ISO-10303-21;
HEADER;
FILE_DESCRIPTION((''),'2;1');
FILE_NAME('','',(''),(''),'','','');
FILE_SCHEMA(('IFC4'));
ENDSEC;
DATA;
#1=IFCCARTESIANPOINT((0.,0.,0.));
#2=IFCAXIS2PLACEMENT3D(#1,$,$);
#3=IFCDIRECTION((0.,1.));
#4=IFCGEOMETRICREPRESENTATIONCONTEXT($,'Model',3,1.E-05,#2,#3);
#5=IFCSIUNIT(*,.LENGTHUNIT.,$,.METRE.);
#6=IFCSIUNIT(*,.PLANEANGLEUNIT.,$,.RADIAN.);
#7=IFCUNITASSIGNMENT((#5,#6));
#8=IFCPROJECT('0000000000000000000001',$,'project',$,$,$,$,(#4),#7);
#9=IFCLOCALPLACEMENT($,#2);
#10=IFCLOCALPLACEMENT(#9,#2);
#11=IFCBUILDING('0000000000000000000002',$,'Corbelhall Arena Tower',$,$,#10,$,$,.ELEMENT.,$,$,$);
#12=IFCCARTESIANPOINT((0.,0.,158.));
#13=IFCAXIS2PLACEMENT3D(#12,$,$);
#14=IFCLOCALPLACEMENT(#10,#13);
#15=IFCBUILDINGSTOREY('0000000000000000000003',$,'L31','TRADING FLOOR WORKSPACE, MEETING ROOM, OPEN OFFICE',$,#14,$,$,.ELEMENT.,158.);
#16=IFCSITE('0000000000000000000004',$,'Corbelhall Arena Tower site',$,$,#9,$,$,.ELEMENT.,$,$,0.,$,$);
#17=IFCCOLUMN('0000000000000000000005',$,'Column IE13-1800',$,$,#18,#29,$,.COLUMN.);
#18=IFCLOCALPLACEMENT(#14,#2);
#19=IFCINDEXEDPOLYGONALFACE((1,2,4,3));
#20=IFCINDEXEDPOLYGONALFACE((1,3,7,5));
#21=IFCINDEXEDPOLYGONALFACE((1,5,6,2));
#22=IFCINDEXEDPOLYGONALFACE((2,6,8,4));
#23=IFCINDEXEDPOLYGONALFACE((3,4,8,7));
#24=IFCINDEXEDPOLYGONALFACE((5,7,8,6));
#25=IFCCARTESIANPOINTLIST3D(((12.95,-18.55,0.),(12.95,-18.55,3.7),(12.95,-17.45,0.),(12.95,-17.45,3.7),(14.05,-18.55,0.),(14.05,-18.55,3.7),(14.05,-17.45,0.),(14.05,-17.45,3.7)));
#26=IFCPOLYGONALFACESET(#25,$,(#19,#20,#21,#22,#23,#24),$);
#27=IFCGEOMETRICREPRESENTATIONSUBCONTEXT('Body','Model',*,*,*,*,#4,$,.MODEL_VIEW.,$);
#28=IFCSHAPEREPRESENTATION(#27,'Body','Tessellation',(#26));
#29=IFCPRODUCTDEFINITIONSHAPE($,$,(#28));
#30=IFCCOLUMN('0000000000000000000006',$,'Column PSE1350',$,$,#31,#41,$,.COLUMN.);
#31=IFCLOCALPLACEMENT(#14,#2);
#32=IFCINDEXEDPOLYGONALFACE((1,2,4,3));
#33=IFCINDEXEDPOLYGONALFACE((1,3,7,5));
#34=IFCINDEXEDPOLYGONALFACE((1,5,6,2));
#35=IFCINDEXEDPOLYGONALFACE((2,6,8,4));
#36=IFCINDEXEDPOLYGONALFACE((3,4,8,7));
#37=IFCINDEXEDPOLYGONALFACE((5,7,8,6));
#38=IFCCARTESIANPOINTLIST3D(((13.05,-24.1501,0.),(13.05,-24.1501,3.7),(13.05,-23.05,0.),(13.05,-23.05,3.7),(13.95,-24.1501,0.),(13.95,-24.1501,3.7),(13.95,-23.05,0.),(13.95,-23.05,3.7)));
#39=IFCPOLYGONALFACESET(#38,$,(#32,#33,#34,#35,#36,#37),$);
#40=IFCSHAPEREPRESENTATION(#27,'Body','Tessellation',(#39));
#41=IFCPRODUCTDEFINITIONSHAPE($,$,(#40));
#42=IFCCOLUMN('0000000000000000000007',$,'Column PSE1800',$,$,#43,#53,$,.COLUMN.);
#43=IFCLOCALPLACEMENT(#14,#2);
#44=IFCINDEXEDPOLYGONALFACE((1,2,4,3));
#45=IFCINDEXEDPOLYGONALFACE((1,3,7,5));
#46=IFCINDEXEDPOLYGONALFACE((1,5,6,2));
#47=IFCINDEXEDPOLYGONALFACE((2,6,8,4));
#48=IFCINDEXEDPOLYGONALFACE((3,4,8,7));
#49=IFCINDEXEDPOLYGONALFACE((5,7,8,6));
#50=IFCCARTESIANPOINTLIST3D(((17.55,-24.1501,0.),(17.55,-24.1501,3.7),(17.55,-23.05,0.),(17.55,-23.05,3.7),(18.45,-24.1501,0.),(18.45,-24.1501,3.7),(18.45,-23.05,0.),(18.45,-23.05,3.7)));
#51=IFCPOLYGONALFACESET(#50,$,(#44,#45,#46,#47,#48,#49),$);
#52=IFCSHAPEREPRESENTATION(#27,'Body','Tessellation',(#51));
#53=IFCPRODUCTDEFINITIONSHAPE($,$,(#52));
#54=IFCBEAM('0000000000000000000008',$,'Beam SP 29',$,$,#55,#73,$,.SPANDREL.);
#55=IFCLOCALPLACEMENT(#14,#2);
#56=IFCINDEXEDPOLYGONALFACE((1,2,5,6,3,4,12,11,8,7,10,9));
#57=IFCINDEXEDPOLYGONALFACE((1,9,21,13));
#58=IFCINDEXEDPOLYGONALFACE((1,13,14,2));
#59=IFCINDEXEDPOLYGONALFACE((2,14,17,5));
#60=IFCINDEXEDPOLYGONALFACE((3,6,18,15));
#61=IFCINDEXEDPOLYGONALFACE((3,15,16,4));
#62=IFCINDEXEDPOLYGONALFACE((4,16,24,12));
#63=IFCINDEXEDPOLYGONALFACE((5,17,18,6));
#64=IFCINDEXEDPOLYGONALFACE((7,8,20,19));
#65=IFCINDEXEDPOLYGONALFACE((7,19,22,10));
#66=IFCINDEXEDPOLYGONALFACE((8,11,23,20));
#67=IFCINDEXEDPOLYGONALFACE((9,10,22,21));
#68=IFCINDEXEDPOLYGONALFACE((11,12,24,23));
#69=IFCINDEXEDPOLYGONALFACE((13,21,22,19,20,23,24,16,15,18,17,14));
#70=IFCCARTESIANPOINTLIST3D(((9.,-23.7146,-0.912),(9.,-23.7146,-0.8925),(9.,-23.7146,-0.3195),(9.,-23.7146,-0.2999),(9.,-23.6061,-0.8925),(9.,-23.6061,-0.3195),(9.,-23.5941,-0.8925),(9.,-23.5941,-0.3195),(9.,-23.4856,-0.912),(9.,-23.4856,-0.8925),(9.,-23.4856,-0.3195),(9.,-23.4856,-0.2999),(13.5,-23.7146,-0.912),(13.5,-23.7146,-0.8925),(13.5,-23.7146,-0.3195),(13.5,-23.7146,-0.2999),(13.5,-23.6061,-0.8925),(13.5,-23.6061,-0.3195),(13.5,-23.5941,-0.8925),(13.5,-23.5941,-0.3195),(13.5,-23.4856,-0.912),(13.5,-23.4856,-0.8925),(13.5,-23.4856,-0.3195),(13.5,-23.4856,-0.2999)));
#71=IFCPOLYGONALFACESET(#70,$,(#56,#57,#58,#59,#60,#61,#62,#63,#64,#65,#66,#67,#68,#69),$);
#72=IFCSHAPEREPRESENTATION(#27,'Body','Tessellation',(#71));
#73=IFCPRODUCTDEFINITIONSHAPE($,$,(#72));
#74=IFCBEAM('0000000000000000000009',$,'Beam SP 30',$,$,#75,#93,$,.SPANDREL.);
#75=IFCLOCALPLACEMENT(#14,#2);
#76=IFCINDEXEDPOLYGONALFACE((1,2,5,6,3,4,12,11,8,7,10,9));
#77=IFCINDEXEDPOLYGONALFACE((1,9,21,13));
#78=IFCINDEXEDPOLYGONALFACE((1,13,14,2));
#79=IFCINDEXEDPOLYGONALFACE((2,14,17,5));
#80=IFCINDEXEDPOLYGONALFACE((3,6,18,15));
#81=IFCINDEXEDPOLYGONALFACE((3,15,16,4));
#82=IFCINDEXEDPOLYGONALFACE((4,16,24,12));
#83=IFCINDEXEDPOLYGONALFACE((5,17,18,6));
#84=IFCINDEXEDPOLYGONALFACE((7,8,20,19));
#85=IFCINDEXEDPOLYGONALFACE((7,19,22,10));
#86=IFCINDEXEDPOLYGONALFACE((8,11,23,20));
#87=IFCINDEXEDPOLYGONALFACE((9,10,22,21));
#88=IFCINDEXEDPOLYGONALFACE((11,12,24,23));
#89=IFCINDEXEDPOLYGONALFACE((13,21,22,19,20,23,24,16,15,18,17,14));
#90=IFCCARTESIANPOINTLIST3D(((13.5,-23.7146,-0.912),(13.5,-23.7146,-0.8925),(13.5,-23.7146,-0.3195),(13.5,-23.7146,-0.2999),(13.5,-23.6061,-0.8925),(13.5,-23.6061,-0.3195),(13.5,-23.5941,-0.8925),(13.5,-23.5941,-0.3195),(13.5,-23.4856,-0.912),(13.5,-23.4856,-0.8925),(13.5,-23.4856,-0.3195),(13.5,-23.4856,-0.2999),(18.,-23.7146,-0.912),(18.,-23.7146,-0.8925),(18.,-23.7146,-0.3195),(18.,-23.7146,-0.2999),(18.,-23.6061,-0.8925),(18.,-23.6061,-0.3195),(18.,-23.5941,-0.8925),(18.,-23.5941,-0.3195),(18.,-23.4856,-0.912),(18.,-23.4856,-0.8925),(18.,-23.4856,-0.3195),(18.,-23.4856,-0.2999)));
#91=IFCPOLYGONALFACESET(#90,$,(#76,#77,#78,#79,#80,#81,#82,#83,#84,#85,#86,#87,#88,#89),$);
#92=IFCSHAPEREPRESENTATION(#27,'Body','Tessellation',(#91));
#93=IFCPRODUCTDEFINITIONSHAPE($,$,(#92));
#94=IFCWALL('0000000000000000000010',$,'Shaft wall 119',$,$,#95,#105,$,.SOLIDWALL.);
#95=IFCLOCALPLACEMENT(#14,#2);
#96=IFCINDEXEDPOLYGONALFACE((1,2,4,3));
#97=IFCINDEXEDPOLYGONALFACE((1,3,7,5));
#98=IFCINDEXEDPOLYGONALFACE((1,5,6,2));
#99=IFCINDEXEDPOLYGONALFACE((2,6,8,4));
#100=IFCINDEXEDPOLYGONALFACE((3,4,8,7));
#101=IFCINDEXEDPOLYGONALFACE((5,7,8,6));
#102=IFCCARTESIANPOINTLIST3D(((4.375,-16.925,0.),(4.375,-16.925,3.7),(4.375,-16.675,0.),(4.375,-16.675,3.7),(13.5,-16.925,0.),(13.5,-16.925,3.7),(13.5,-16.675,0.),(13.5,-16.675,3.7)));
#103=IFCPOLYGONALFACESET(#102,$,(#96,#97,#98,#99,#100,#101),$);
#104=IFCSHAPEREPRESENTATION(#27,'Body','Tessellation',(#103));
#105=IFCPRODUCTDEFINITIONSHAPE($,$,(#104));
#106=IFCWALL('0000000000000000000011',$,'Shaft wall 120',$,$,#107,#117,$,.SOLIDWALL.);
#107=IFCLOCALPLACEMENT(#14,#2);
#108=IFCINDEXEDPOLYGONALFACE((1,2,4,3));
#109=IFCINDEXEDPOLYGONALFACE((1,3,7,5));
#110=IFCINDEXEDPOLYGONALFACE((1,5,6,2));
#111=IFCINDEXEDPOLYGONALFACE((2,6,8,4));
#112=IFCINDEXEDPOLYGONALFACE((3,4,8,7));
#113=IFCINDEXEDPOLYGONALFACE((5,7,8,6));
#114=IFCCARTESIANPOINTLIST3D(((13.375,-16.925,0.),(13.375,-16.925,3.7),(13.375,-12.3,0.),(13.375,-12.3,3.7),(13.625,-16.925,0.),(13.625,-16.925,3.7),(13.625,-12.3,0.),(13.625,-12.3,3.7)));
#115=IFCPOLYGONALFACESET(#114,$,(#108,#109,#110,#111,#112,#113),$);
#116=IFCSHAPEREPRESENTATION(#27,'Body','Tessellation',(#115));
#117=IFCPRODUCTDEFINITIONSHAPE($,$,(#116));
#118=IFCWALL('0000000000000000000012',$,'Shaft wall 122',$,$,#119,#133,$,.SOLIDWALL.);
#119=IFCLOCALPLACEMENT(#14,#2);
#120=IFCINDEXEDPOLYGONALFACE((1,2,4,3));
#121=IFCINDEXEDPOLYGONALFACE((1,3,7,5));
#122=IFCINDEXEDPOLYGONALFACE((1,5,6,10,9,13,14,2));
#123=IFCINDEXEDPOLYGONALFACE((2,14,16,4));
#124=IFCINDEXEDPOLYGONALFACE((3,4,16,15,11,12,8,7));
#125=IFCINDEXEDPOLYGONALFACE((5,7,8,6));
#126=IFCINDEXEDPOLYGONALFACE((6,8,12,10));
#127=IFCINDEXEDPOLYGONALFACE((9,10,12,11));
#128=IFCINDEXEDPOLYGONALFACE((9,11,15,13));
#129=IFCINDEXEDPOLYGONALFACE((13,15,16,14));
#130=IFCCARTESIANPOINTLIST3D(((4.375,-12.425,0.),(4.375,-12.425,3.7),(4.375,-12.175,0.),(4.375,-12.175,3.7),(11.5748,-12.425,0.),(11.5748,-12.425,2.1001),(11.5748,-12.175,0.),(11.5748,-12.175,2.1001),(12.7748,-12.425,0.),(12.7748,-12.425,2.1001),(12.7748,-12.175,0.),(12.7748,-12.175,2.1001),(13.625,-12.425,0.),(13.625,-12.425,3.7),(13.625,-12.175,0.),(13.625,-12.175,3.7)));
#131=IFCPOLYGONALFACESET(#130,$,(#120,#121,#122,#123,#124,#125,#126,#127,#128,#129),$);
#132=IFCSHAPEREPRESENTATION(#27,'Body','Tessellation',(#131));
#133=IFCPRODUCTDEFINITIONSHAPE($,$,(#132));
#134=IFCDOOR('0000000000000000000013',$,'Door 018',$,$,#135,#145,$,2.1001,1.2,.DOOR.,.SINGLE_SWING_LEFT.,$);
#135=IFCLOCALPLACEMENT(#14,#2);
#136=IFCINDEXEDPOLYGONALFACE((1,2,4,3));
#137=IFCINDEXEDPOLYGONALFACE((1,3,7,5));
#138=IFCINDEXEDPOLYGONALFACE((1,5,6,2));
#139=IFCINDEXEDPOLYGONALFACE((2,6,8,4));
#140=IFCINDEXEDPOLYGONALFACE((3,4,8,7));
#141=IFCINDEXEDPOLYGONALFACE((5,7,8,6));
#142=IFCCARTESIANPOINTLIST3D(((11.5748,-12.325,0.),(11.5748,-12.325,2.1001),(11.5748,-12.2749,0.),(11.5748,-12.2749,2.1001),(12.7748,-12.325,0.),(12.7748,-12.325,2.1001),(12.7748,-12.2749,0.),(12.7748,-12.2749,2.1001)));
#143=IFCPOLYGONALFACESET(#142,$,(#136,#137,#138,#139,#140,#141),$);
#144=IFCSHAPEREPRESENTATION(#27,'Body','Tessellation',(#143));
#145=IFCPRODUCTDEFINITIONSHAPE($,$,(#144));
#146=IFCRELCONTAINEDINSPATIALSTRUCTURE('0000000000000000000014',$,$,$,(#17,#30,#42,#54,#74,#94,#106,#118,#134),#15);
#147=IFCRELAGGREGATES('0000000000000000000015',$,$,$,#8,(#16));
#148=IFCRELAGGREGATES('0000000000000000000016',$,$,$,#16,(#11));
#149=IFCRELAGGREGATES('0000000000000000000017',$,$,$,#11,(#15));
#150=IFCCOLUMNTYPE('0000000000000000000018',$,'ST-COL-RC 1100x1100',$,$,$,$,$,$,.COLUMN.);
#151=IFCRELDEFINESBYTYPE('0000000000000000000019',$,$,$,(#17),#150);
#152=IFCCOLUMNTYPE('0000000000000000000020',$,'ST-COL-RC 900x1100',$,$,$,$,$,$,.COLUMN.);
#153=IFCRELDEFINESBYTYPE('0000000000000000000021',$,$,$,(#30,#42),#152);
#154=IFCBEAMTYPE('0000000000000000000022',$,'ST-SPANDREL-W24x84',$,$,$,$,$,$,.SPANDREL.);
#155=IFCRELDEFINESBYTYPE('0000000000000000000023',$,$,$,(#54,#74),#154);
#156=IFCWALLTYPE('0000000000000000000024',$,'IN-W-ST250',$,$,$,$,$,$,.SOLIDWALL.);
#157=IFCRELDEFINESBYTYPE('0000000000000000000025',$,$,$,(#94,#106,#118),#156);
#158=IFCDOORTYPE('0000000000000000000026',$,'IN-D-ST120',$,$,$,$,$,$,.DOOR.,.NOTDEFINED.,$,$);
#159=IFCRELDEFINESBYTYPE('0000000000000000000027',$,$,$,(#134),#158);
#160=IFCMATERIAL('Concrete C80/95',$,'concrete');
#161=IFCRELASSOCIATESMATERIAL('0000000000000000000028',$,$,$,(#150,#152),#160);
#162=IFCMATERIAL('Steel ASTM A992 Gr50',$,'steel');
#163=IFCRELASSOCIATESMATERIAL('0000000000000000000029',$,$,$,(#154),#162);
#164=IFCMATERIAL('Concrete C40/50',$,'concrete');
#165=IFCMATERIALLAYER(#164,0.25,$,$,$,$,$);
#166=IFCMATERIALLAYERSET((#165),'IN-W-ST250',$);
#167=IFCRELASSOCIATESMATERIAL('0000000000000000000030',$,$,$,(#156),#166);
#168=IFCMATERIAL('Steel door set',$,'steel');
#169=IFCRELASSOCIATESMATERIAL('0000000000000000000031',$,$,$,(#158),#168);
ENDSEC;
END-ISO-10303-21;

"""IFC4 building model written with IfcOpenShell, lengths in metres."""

from ifc_helpers import new_model, si_unit, direction, frame, frame_2d, origin, origin_2d, place, context, subcontext, project, spatial, rectangle, i_section, extrude, material, layer, layer_set, material_profile, profile_set, type_object, element, fill, save


model = new_model("IFC4")

# Units and contexts
model_context = context("Model", 3, precision=1e-05, world=origin(), true_north=direction((0.0, 1.0)))
body_context = subcontext(model_context, "Body", "Model", "MODEL_VIEW")
ifc_project = project(units=[si_unit("LENGTHUNIT", "METRE"), si_unit("PLANEANGLEUNIT", "RADIAN")], contexts=[model_context])

# Site, building, storey
site_placement = place(None, origin())
site = spatial("IfcSite", under=ifc_project, at=site_placement, Name="Corbelhall Arena Tower site", CompositionType="ELEMENT", RefElevation=0.0)
building_placement = place(site_placement, origin())
building = spatial("IfcBuilding", under=site, at=building_placement, Name="Corbelhall Arena Tower", CompositionType="ELEMENT")
storey_placement = place(building_placement, frame((0.0, 0.0, 158.0)))
storey = spatial("IfcBuildingStorey", under=building, at=storey_placement, Name="L31", Description="TRADING FLOOR WORKSPACE, MEETING ROOM, OPEN OFFICE", CompositionType="ELEMENT", Elevation=158.0)

# Columns
ifc_material_1 = material(Name="Concrete C80/95", Category="concrete")
ifc_material_profile_1 = material_profile(ifc_material_1, rectangle(XDim=1.1001, YDim=1.1001, at=origin_2d()))
ifc_profile_set_1 = profile_set([ifc_material_profile_1], Name="Concrete C80/95")
column_type_1 = type_object("IfcColumnType", Name="ST-COL-RC 1100x1100", PredefinedType="COLUMN", material=ifc_profile_set_1)
column_placement = place(storey_placement, frame((13.5, -18.0, 0.0), z_axis=(0.0, 0.0, 1.0), x_axis=(1.0, 0.0, 0.0)))
element("IfcColumn", 1, at=column_placement, inside=storey, type_object=column_type_1, Name="Column IE13-1800", PredefinedType="COLUMN", context=body_context, shape_type="SweptSolid", body=[
    extrude(rectangle(XDim=1.1001, YDim=1.1001, at=origin_2d()), origin(), (0.0, 0.0, 1.0), 3.7),
])
ifc_material_profile_2 = material_profile(ifc_material_1, rectangle(XDim=0.8999, YDim=1.1001, at=origin_2d()))
ifc_profile_set_2 = profile_set([ifc_material_profile_2], Name="Concrete C80/95")
column_type_2 = type_object("IfcColumnType", Name="ST-COL-RC 900x1100", PredefinedType="COLUMN", material=ifc_profile_set_2)
for number, where, z_axis, x_axis, name in (
    (2, (13.5, -23.6001, 0.0), (0.0, 0.0, 1.0), (1.0, 0.0, 0.0), "Column PSE1350"),
    (3, (18.0, -23.6001, 0.0), (0.0, 0.0, 1.0), (1.0, 0.0, 0.0), "Column PSE1800"),
):
    element("IfcColumn", number, at=place(storey_placement, frame(where, z_axis=z_axis, x_axis=x_axis)), inside=storey, type_object=column_type_2, Name=name, PredefinedType="COLUMN", context=body_context, shape_type="SweptSolid", body=[
        extrude(rectangle(XDim=0.8999, YDim=1.1001, at=origin_2d()), origin(), (0.0, 0.0, 1.0), 3.7),
    ])

# Beams
ifc_material_2 = material(Name="Steel ASTM A992 Gr50", Category="steel")
ifc_material_profile_3 = material_profile(ifc_material_2, i_section(OverallWidth=0.229, OverallDepth=0.6121, WebThickness=0.012, FlangeThickness=0.0195, at=origin_2d()))
ifc_profile_set_3 = profile_set([ifc_material_profile_3], Name="Steel ASTM A992 Gr50")
beam_type = type_object("IfcBeamType", Name="ST-SPANDREL-W24x84", PredefinedType="SPANDREL", material=ifc_profile_set_3)
for number, where, z_axis, x_axis, name in (
    (4, (13.5, -23.6001, -0.606), (-1.0, 0.0, 0.0), (0.0, -1.0, 0.0), "Beam SP 29"),
    (5, (18.0, -23.6001, -0.606), (-1.0, 0.0, 0.0), (0.0, -1.0, 0.0), "Beam SP 30"),
):
    element("IfcBeam", number, at=place(storey_placement, frame(where, z_axis=z_axis, x_axis=x_axis)), inside=storey, type_object=beam_type, Name=name, PredefinedType="SPANDREL", context=body_context, shape_type="SweptSolid", body=[
        extrude(i_section(OverallWidth=0.229, OverallDepth=0.6121, WebThickness=0.012, FlangeThickness=0.0195, at=origin_2d()), origin(), (0.0, 0.0, 1.0), 4.5),
    ])

# Shared definitions
ifc_material_3 = material(Name="Steel door set", Category="steel")

# Walls
ifc_material_4 = material(Name="Concrete C40/50", Category="concrete")
ifc_layer_1 = layer(ifc_material_4, 0.25)
ifc_layer_set_1 = layer_set([ifc_layer_1], Name="IN-W-ST250")
wall_type_1 = type_object("IfcWallType", Name="IN-W-ST250", PredefinedType="SOLIDWALL", material=ifc_layer_set_1)
wall_1_placement = place(storey_placement, frame((13.5, -16.8, 0.0), z_axis=(0.0, 0.0, 1.0), x_axis=(-1.0, 0.0, 0.0)))
element("IfcWall", 6, at=wall_1_placement, inside=storey, type_object=wall_type_1, Name="Shaft wall 119", PredefinedType="SOLIDWALL", context=body_context, shape_type="SweptSolid", body=[
    extrude(rectangle(XDim=9.125, YDim=0.25, at=frame_2d((4.5625, 0.0))), origin(), (0.0, 0.0, 1.0), 3.7),
])
wall_2_placement = place(storey_placement, frame((13.5, -12.3, 0.0), z_axis=(0.0, 0.0, 1.0), x_axis=(0.0, -1.0, 0.0)))
element("IfcWall", 7, at=wall_2_placement, inside=storey, type_object=wall_type_1, Name="Shaft wall 120", PredefinedType="SOLIDWALL", context=body_context, shape_type="SweptSolid", body=[
    extrude(rectangle(XDim=4.625, YDim=0.25, at=frame_2d((2.3125, 0.0))), origin(), (0.0, 0.0, 1.0), 3.7),
])

# Wall, opening, door
wall_3_placement = place(storey_placement, frame((13.625, -12.3, 0.0), z_axis=(0.0, 0.0, 1.0), x_axis=(-1.0, 0.0, 0.0)))
wall_3 = element("IfcWall", 8, at=wall_3_placement, inside=storey, type_object=wall_type_1, Name="Shaft wall 122", PredefinedType="SOLIDWALL", context=body_context, shape_type="SweptSolid", body=[
    extrude(rectangle(XDim=9.25, YDim=0.25, at=frame_2d((4.625, 0.0))), origin(), (0.0, 0.0, 1.0), 3.7),
])
opening_1_placement = place(wall_3_placement, frame((0.8501, 0.0, 0.0)))
opening_1 = element("IfcOpeningElement", 9, at=opening_1_placement, cuts=wall_3, PredefinedType="OPENING", context=body_context, shape_type="SweptSolid", body=[
    extrude(rectangle(XDim=1.2, YDim=2.1001, at=frame_2d((0.6001, 1.05))), frame((0.0, 0.125, 0.0), z_axis=(0.0, -1.0, 0.0), x_axis=(1.0, 0.0, 0.0)), (0.0, 0.0, 1.0), 0.25),
])
door_type_1 = type_object("IfcDoorType", Name="IN-D-ST120", OperationType="NOTDEFINED", PredefinedType="DOOR", material=ifc_material_3)
door_1_placement = place(opening_1_placement, origin())
door_1 = element("IfcDoor", 10, at=door_1_placement, inside=storey, type_object=door_type_1, Name="Door 018", OperationType="SINGLE_SWING_LEFT", OverallHeight=2.1001, OverallWidth=1.2, PredefinedType="DOOR", context=body_context, shape_type="SweptSolid", body=[
    extrude(rectangle(XDim=1.2, YDim=2.1001, at=frame_2d((0.6001, 1.05))), frame((0.0, 0.0249, 0.0), z_axis=(0.0, -1.0, 0.0), x_axis=(1.0, 0.0, 0.0)), (0.0, 0.0, 1.0), 0.05),
])
fill(opening_1, door_1)

save(model, "model.ifc")
